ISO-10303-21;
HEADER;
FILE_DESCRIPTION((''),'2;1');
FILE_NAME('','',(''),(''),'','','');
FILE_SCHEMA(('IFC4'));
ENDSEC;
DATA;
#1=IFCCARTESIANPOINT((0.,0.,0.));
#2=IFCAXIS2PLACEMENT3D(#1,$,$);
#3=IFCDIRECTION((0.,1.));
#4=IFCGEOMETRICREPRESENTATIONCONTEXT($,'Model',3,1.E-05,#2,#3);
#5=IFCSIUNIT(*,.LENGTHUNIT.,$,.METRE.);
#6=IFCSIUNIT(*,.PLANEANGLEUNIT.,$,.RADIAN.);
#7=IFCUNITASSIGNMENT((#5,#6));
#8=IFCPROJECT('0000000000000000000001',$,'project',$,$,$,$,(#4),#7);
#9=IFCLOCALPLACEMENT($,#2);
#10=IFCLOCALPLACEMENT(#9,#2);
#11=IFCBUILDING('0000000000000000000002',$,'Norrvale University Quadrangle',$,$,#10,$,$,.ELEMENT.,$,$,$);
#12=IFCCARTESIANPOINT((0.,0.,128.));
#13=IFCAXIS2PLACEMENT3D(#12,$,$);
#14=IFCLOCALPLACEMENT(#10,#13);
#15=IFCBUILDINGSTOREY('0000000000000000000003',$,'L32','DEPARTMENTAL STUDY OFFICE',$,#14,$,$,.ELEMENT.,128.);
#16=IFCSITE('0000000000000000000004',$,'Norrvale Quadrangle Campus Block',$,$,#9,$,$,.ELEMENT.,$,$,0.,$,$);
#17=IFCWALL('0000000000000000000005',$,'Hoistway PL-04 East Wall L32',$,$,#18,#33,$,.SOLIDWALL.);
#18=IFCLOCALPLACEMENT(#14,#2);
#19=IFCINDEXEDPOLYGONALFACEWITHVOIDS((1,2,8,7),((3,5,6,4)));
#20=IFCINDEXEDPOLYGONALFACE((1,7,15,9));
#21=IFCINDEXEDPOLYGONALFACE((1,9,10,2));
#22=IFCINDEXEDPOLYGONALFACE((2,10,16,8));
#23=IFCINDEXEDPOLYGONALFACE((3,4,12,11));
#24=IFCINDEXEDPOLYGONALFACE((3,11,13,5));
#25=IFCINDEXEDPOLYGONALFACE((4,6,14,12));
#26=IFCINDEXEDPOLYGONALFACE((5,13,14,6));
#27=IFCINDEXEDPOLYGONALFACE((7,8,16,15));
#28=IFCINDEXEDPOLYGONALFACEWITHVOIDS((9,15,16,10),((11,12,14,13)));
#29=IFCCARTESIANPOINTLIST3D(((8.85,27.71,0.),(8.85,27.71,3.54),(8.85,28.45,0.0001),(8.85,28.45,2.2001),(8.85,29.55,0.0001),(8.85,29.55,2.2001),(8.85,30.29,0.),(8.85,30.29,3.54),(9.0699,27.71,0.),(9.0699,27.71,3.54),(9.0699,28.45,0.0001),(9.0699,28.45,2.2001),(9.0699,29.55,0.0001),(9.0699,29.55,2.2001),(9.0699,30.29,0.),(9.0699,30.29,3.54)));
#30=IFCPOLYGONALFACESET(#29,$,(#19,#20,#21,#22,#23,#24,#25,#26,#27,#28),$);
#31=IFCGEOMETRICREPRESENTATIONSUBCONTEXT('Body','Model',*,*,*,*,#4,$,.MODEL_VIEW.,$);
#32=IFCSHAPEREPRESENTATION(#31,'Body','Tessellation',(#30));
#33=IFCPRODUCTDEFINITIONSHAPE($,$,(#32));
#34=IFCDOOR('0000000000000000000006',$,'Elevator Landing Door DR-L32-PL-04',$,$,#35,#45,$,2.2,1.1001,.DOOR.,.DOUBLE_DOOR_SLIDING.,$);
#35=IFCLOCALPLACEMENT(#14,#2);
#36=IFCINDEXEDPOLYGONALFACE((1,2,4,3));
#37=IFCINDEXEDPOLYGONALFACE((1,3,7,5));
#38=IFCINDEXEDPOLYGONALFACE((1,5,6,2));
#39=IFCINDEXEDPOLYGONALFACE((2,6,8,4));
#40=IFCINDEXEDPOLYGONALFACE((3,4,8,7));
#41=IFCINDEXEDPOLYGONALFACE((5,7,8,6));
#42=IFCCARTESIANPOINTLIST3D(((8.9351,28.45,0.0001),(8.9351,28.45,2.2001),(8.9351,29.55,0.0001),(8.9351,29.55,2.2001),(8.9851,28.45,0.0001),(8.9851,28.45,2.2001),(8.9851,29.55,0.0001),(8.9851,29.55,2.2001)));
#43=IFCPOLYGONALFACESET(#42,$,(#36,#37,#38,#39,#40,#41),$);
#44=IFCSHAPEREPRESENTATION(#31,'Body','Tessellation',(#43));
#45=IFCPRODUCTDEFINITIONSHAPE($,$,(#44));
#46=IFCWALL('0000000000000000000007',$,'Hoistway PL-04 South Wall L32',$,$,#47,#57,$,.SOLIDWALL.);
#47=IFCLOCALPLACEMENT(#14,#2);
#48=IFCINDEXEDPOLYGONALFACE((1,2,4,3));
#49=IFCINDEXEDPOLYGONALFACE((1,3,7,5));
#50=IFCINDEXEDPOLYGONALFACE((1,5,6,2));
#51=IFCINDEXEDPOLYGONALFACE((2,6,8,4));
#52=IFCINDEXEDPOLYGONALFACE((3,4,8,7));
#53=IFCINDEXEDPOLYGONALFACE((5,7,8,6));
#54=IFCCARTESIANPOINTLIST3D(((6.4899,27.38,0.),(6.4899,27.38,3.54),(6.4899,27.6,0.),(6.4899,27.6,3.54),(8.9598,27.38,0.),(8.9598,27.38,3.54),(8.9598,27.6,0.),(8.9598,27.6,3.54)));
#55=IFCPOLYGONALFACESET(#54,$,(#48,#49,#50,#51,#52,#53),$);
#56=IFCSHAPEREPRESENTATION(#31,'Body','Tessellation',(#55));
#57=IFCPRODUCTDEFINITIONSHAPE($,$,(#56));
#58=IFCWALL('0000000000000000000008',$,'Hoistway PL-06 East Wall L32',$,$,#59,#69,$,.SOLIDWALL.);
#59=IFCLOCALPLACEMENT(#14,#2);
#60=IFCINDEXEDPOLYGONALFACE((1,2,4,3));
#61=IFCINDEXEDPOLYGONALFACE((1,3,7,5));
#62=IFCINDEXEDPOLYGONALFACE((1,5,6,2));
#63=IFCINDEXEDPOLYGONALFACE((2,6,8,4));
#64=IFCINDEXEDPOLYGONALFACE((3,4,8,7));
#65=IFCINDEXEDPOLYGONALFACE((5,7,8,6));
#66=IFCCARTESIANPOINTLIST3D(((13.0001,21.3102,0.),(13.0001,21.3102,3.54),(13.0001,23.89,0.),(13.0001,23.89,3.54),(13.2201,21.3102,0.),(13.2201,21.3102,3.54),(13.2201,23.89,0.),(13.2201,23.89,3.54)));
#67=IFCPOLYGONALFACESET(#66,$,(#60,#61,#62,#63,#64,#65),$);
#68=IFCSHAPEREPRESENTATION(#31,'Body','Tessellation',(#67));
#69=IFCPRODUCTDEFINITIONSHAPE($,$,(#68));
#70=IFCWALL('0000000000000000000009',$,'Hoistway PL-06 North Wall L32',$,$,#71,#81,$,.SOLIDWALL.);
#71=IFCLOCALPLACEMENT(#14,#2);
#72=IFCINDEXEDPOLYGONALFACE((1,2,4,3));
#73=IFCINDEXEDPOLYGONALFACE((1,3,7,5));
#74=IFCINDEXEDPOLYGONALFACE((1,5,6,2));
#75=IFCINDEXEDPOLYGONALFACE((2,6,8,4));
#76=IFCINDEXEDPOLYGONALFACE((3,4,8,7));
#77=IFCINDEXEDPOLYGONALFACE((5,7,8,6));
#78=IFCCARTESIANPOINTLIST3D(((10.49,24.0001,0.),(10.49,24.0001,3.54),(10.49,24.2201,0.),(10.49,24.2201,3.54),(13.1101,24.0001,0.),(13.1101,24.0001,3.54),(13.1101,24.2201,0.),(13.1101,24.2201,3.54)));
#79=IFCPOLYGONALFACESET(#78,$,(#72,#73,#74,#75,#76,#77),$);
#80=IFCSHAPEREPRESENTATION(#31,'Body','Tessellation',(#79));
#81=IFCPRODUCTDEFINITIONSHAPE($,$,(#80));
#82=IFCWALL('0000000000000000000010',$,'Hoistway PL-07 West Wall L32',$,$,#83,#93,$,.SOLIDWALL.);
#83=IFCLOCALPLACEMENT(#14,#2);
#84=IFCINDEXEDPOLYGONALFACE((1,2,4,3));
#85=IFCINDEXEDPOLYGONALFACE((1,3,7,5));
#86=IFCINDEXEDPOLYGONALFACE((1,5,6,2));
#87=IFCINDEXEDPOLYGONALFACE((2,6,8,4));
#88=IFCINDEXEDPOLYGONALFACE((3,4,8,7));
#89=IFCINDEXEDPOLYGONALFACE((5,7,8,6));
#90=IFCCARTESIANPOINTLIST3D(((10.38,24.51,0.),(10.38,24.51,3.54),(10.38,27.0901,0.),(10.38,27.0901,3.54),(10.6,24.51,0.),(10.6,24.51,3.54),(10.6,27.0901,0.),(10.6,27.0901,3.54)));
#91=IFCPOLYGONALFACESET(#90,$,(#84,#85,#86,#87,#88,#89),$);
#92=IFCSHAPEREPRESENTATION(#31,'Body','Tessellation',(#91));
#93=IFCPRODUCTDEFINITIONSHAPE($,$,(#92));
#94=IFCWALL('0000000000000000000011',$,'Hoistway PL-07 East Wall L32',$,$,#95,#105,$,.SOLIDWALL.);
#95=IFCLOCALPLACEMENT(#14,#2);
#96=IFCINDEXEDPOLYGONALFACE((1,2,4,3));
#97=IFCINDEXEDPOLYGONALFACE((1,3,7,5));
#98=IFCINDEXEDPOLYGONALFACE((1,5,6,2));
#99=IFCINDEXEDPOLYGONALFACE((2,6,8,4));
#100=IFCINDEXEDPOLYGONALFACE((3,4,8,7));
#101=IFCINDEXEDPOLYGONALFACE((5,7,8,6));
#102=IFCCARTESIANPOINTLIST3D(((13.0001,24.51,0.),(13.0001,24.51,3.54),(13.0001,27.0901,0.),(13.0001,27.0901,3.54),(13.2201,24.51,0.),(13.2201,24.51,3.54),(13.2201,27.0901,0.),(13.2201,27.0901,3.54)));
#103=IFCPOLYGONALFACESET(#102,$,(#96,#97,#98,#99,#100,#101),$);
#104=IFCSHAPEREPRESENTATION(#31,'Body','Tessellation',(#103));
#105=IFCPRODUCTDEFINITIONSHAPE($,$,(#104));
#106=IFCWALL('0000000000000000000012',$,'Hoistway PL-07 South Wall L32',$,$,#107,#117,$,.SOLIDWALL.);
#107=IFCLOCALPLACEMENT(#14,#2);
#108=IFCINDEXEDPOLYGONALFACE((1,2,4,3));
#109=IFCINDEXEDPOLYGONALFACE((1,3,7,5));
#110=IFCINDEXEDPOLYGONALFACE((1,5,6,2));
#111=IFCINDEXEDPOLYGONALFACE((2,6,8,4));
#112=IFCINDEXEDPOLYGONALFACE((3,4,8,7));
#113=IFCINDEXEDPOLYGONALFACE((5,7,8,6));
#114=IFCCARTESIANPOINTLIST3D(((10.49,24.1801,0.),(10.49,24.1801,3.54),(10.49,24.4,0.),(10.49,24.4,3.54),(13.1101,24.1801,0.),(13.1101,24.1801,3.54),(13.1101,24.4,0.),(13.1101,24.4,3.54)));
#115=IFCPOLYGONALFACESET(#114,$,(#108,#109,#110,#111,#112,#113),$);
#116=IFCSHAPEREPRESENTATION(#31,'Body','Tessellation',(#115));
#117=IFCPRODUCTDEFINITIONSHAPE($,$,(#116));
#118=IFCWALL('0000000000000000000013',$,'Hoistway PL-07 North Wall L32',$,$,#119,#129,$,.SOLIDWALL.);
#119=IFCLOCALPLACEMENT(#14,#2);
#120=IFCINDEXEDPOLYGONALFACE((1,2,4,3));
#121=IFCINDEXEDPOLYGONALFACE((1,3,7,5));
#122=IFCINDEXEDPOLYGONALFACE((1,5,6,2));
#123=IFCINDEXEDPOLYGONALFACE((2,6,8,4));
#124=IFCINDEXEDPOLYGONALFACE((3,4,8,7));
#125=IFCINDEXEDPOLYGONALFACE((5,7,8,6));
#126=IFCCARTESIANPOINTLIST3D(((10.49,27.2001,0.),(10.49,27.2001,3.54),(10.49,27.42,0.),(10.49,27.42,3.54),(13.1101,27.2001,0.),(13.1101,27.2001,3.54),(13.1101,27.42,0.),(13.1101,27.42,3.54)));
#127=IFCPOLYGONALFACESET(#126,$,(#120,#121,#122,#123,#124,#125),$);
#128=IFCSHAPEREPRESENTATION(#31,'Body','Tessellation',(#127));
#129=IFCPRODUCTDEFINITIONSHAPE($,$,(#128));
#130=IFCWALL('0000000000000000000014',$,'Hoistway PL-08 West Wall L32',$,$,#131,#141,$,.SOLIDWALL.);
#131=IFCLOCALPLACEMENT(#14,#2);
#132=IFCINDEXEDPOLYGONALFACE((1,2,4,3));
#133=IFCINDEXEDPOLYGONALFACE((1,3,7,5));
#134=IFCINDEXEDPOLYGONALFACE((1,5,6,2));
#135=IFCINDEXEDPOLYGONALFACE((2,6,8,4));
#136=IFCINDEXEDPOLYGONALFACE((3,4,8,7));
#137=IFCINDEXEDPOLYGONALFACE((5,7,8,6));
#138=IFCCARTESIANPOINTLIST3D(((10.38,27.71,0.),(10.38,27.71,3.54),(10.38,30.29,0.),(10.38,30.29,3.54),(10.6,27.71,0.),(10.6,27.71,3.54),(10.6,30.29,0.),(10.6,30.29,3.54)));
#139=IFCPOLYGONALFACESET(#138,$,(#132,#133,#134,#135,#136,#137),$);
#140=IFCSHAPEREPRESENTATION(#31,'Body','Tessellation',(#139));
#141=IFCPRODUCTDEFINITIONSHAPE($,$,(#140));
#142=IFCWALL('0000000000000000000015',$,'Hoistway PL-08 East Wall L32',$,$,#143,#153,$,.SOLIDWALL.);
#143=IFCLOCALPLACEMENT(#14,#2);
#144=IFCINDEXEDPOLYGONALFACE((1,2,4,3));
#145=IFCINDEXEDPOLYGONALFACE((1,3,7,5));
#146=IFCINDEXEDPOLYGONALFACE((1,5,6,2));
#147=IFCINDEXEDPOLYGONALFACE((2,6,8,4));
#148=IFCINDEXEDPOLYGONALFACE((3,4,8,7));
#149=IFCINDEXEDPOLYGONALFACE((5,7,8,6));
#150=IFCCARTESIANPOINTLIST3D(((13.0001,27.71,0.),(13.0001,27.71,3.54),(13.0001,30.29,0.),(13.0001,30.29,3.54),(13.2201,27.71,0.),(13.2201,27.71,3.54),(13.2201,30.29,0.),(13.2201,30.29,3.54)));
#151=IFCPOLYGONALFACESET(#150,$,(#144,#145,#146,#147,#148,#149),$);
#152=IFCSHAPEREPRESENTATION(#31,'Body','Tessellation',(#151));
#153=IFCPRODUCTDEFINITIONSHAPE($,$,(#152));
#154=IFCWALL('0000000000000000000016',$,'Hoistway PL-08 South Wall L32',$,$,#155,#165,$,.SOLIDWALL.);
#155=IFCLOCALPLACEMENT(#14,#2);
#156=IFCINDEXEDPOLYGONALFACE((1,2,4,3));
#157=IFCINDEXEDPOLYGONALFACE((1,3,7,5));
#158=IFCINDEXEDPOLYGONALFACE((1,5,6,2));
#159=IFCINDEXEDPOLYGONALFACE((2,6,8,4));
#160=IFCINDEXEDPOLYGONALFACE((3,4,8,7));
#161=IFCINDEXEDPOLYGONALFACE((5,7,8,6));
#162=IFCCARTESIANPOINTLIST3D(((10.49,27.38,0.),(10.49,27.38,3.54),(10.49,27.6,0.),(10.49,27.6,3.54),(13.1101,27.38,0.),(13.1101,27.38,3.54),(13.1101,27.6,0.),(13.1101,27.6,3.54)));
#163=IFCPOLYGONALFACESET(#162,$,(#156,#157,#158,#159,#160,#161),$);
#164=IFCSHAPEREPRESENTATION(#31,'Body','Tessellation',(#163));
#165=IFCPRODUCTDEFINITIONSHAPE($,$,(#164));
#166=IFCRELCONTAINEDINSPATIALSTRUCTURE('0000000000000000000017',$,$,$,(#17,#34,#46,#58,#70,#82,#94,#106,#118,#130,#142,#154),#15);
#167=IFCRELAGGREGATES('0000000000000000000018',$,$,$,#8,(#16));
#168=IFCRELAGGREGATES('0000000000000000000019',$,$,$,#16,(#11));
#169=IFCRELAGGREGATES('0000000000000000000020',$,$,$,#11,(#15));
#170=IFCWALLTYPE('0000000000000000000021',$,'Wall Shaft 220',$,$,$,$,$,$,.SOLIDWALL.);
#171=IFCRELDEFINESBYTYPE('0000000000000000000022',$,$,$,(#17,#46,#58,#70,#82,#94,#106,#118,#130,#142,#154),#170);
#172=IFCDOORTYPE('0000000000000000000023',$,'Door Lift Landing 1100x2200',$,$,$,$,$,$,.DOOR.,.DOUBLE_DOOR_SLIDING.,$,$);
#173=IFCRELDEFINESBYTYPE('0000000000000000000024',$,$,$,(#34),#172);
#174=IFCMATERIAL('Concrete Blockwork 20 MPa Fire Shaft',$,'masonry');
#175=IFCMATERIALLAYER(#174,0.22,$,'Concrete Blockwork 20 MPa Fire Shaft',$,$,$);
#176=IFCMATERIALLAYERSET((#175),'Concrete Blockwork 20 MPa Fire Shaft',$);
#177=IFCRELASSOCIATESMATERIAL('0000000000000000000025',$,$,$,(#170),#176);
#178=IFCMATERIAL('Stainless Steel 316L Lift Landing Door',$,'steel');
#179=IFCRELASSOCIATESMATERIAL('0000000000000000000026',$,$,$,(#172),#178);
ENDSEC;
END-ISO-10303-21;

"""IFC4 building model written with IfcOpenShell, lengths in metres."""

from ifc_helpers import new_model, si_unit, direction, frame, frame_2d, origin, place, context, subcontext, project, spatial, rectangle, extrude, material, layer, layer_set, type_object, element, fill, save


model = new_model("IFC4")

# Units and contexts
model_context = context("Model", 3, precision=1e-05, world=origin(), true_north=direction((0.0, 1.0)))
body_context = subcontext(model_context, "Body", "Model", "MODEL_VIEW")
ifc_project = project(units=[si_unit("LENGTHUNIT", "METRE"), si_unit("PLANEANGLEUNIT", "RADIAN")], contexts=[model_context])

# Site, building, storey
site_placement = place(None, origin())
site = spatial("IfcSite", under=ifc_project, at=site_placement, Name="Norrvale Quadrangle Campus Block", CompositionType="ELEMENT", RefElevation=0.0)
building_placement = place(site_placement, origin())
building = spatial("IfcBuilding", under=site, at=building_placement, Name="Norrvale University Quadrangle", CompositionType="ELEMENT")
storey_placement = place(building_placement, frame((0.0, 0.0, 128.0)))
storey = spatial("IfcBuildingStorey", under=building, at=storey_placement, Name="L32", Description="DEPARTMENTAL STUDY OFFICE", CompositionType="ELEMENT", Elevation=128.0)

# Shared definitions
ifc_material_1 = material(Name="Concrete Blockwork 20 MPa Fire Shaft", Category="masonry")
ifc_layer_1 = layer(ifc_material_1, 0.22, Name="Concrete Blockwork 20 MPa Fire Shaft")
ifc_layer_set_1 = layer_set([ifc_layer_1], Name="Concrete Blockwork 20 MPa Fire Shaft")
wall_type_1 = type_object("IfcWallType", Name="Wall Shaft 220", PredefinedType="SOLIDWALL", material=ifc_layer_set_1)

# Shared definitions
ifc_material_2 = material(Name="Stainless Steel 316L Lift Landing Door", Category="steel")
door_type_1 = type_object("IfcDoorType", Name="Door Lift Landing 1100x2200", OperationType="DOUBLE_DOOR_SLIDING", PredefinedType="DOOR", material=ifc_material_2)

# Wall, opening, door
wall_1_placement = place(storey_placement, frame((8.96, 27.71, 0.0), z_axis=(0.0, 0.0, 1.0), x_axis=(0.0, 1.0, 0.0)))
wall_1 = element("IfcWall", 1, at=wall_1_placement, inside=storey, type_object=wall_type_1, Name="Hoistway PL-04 East Wall L32", PredefinedType="SOLIDWALL", context=body_context, shape_type="SweptSolid", body=[
    extrude(rectangle(XDim=2.5801, YDim=0.22, at=frame_2d((1.29, 0.0))), origin(), (0.0, 0.0, 1.0), 3.54),
])
opening_1_placement = place(wall_1_placement, frame((0.74, 0.0, 0.0)))
opening_1 = element("IfcOpeningElement", 2, at=opening_1_placement, cuts=wall_1, PredefinedType="OPENING", context=body_context, shape_type="SweptSolid", body=[
    extrude(rectangle(XDim=1.1001, YDim=2.2, at=frame_2d((0.55, 1.1001))), frame((0.0, 0.1221, 0.0), z_axis=(0.0, -1.0, 0.0), x_axis=(1.0, 0.0, 0.0)), (0.0, 0.0, 1.0), 0.2439),
])
door_1_placement = place(opening_1_placement, origin())
door_1 = element("IfcDoor", 3, at=door_1_placement, inside=storey, type_object=door_type_1, Name="Elevator Landing Door DR-L32-PL-04", OperationType="DOUBLE_DOOR_SLIDING", OverallHeight=2.2, OverallWidth=1.1001, PredefinedType="DOOR", context=body_context, shape_type="SweptSolid", body=[
    extrude(rectangle(XDim=1.1001, YDim=2.2, at=frame_2d((0.55, 1.1001))), frame((0.0, 0.0249, 0.0), z_axis=(0.0, -1.0, 0.0), x_axis=(1.0, 0.0, 0.0)), (0.0, 0.0, 1.0), 0.05),
])
fill(opening_1, door_1)

# Walls
wall_2_placement = place(storey_placement, frame((6.49, 27.49, 0.0), z_axis=(0.0, 0.0, 1.0), x_axis=(1.0, 0.0, 0.0)))
element("IfcWall", 4, at=wall_2_placement, inside=storey, type_object=wall_type_1, Name="Hoistway PL-04 South Wall L32", PredefinedType="SOLIDWALL", context=body_context, shape_type="SweptSolid", body=[
    extrude(rectangle(XDim=2.47, YDim=0.22, at=frame_2d((1.2349, 0.0))), origin(), (0.0, 0.0, 1.0), 3.54),
])
wall_3_placement = place(storey_placement, frame((13.1101, 21.3101, 0.0), z_axis=(0.0, 0.0, 1.0), x_axis=(0.0, 1.0, 0.0)))
element("IfcWall", 5, at=wall_3_placement, inside=storey, type_object=wall_type_1, Name="Hoistway PL-06 East Wall L32", PredefinedType="SOLIDWALL", context=body_context, shape_type="SweptSolid", body=[
    extrude(rectangle(XDim=2.5798, YDim=0.22, at=frame_2d((1.29, 0.0))), origin(), (0.0, 0.0, 1.0), 3.54),
])
wall_4_placement = place(storey_placement, frame((10.49, 24.1101, 0.0), z_axis=(0.0, 0.0, 1.0), x_axis=(1.0, 0.0, 0.0)))
element("IfcWall", 6, at=wall_4_placement, inside=storey, type_object=wall_type_1, Name="Hoistway PL-06 North Wall L32", PredefinedType="SOLIDWALL", context=body_context, shape_type="SweptSolid", body=[
    extrude(rectangle(XDim=2.6201, YDim=0.22, at=frame_2d((1.3101, 0.0))), origin(), (0.0, 0.0, 1.0), 3.54),
])
for number, where, z_axis, x_axis, name in (
    (7, (10.49, 24.51, 0.0), (0.0, 0.0, 1.0), (0.0, 1.0, 0.0), "Hoistway PL-07 West Wall L32"),
    (8, (13.1101, 24.51, 0.0), (0.0, 0.0, 1.0), (0.0, 1.0, 0.0), "Hoistway PL-07 East Wall L32"),
):
    element("IfcWall", number, at=place(storey_placement, frame(where, z_axis=z_axis, x_axis=x_axis)), inside=storey, type_object=wall_type_1, Name=name, PredefinedType="SOLIDWALL", context=body_context, shape_type="SweptSolid", body=[
        extrude(rectangle(XDim=2.5801, YDim=0.22, at=frame_2d((1.29, 0.0))), origin(), (0.0, 0.0, 1.0), 3.54),
    ])
for number, where, z_axis, x_axis, name in (
    (9, (10.49, 24.29, 0.0), (0.0, 0.0, 1.0), (1.0, 0.0, 0.0), "Hoistway PL-07 South Wall L32"),
    (10, (10.49, 27.3101, 0.0), (0.0, 0.0, 1.0), (1.0, 0.0, 0.0), "Hoistway PL-07 North Wall L32"),
):
    element("IfcWall", number, at=place(storey_placement, frame(where, z_axis=z_axis, x_axis=x_axis)), inside=storey, type_object=wall_type_1, Name=name, PredefinedType="SOLIDWALL", context=body_context, shape_type="SweptSolid", body=[
        extrude(rectangle(XDim=2.6201, YDim=0.22, at=frame_2d((1.3101, 0.0))), origin(), (0.0, 0.0, 1.0), 3.54),
    ])
for number, where, z_axis, x_axis, name in (
    (11, (10.49, 27.71, 0.0), (0.0, 0.0, 1.0), (0.0, 1.0, 0.0), "Hoistway PL-08 West Wall L32"),
    (12, (13.1101, 27.71, 0.0), (0.0, 0.0, 1.0), (0.0, 1.0, 0.0), "Hoistway PL-08 East Wall L32"),
):
    element("IfcWall", number, at=place(storey_placement, frame(where, z_axis=z_axis, x_axis=x_axis)), inside=storey, type_object=wall_type_1, Name=name, PredefinedType="SOLIDWALL", context=body_context, shape_type="SweptSolid", body=[
        extrude(rectangle(XDim=2.5801, YDim=0.22, at=frame_2d((1.29, 0.0))), origin(), (0.0, 0.0, 1.0), 3.54),
    ])
wall_5_placement = place(storey_placement, frame((10.49, 27.49, 0.0), z_axis=(0.0, 0.0, 1.0), x_axis=(1.0, 0.0, 0.0)))
element("IfcWall", 13, at=wall_5_placement, inside=storey, type_object=wall_type_1, Name="Hoistway PL-08 South Wall L32", PredefinedType="SOLIDWALL", context=body_context, shape_type="SweptSolid", body=[
    extrude(rectangle(XDim=2.6201, YDim=0.22, at=frame_2d((1.3101, 0.0))), origin(), (0.0, 0.0, 1.0), 3.54),
])

save(model, "model.ifc")
